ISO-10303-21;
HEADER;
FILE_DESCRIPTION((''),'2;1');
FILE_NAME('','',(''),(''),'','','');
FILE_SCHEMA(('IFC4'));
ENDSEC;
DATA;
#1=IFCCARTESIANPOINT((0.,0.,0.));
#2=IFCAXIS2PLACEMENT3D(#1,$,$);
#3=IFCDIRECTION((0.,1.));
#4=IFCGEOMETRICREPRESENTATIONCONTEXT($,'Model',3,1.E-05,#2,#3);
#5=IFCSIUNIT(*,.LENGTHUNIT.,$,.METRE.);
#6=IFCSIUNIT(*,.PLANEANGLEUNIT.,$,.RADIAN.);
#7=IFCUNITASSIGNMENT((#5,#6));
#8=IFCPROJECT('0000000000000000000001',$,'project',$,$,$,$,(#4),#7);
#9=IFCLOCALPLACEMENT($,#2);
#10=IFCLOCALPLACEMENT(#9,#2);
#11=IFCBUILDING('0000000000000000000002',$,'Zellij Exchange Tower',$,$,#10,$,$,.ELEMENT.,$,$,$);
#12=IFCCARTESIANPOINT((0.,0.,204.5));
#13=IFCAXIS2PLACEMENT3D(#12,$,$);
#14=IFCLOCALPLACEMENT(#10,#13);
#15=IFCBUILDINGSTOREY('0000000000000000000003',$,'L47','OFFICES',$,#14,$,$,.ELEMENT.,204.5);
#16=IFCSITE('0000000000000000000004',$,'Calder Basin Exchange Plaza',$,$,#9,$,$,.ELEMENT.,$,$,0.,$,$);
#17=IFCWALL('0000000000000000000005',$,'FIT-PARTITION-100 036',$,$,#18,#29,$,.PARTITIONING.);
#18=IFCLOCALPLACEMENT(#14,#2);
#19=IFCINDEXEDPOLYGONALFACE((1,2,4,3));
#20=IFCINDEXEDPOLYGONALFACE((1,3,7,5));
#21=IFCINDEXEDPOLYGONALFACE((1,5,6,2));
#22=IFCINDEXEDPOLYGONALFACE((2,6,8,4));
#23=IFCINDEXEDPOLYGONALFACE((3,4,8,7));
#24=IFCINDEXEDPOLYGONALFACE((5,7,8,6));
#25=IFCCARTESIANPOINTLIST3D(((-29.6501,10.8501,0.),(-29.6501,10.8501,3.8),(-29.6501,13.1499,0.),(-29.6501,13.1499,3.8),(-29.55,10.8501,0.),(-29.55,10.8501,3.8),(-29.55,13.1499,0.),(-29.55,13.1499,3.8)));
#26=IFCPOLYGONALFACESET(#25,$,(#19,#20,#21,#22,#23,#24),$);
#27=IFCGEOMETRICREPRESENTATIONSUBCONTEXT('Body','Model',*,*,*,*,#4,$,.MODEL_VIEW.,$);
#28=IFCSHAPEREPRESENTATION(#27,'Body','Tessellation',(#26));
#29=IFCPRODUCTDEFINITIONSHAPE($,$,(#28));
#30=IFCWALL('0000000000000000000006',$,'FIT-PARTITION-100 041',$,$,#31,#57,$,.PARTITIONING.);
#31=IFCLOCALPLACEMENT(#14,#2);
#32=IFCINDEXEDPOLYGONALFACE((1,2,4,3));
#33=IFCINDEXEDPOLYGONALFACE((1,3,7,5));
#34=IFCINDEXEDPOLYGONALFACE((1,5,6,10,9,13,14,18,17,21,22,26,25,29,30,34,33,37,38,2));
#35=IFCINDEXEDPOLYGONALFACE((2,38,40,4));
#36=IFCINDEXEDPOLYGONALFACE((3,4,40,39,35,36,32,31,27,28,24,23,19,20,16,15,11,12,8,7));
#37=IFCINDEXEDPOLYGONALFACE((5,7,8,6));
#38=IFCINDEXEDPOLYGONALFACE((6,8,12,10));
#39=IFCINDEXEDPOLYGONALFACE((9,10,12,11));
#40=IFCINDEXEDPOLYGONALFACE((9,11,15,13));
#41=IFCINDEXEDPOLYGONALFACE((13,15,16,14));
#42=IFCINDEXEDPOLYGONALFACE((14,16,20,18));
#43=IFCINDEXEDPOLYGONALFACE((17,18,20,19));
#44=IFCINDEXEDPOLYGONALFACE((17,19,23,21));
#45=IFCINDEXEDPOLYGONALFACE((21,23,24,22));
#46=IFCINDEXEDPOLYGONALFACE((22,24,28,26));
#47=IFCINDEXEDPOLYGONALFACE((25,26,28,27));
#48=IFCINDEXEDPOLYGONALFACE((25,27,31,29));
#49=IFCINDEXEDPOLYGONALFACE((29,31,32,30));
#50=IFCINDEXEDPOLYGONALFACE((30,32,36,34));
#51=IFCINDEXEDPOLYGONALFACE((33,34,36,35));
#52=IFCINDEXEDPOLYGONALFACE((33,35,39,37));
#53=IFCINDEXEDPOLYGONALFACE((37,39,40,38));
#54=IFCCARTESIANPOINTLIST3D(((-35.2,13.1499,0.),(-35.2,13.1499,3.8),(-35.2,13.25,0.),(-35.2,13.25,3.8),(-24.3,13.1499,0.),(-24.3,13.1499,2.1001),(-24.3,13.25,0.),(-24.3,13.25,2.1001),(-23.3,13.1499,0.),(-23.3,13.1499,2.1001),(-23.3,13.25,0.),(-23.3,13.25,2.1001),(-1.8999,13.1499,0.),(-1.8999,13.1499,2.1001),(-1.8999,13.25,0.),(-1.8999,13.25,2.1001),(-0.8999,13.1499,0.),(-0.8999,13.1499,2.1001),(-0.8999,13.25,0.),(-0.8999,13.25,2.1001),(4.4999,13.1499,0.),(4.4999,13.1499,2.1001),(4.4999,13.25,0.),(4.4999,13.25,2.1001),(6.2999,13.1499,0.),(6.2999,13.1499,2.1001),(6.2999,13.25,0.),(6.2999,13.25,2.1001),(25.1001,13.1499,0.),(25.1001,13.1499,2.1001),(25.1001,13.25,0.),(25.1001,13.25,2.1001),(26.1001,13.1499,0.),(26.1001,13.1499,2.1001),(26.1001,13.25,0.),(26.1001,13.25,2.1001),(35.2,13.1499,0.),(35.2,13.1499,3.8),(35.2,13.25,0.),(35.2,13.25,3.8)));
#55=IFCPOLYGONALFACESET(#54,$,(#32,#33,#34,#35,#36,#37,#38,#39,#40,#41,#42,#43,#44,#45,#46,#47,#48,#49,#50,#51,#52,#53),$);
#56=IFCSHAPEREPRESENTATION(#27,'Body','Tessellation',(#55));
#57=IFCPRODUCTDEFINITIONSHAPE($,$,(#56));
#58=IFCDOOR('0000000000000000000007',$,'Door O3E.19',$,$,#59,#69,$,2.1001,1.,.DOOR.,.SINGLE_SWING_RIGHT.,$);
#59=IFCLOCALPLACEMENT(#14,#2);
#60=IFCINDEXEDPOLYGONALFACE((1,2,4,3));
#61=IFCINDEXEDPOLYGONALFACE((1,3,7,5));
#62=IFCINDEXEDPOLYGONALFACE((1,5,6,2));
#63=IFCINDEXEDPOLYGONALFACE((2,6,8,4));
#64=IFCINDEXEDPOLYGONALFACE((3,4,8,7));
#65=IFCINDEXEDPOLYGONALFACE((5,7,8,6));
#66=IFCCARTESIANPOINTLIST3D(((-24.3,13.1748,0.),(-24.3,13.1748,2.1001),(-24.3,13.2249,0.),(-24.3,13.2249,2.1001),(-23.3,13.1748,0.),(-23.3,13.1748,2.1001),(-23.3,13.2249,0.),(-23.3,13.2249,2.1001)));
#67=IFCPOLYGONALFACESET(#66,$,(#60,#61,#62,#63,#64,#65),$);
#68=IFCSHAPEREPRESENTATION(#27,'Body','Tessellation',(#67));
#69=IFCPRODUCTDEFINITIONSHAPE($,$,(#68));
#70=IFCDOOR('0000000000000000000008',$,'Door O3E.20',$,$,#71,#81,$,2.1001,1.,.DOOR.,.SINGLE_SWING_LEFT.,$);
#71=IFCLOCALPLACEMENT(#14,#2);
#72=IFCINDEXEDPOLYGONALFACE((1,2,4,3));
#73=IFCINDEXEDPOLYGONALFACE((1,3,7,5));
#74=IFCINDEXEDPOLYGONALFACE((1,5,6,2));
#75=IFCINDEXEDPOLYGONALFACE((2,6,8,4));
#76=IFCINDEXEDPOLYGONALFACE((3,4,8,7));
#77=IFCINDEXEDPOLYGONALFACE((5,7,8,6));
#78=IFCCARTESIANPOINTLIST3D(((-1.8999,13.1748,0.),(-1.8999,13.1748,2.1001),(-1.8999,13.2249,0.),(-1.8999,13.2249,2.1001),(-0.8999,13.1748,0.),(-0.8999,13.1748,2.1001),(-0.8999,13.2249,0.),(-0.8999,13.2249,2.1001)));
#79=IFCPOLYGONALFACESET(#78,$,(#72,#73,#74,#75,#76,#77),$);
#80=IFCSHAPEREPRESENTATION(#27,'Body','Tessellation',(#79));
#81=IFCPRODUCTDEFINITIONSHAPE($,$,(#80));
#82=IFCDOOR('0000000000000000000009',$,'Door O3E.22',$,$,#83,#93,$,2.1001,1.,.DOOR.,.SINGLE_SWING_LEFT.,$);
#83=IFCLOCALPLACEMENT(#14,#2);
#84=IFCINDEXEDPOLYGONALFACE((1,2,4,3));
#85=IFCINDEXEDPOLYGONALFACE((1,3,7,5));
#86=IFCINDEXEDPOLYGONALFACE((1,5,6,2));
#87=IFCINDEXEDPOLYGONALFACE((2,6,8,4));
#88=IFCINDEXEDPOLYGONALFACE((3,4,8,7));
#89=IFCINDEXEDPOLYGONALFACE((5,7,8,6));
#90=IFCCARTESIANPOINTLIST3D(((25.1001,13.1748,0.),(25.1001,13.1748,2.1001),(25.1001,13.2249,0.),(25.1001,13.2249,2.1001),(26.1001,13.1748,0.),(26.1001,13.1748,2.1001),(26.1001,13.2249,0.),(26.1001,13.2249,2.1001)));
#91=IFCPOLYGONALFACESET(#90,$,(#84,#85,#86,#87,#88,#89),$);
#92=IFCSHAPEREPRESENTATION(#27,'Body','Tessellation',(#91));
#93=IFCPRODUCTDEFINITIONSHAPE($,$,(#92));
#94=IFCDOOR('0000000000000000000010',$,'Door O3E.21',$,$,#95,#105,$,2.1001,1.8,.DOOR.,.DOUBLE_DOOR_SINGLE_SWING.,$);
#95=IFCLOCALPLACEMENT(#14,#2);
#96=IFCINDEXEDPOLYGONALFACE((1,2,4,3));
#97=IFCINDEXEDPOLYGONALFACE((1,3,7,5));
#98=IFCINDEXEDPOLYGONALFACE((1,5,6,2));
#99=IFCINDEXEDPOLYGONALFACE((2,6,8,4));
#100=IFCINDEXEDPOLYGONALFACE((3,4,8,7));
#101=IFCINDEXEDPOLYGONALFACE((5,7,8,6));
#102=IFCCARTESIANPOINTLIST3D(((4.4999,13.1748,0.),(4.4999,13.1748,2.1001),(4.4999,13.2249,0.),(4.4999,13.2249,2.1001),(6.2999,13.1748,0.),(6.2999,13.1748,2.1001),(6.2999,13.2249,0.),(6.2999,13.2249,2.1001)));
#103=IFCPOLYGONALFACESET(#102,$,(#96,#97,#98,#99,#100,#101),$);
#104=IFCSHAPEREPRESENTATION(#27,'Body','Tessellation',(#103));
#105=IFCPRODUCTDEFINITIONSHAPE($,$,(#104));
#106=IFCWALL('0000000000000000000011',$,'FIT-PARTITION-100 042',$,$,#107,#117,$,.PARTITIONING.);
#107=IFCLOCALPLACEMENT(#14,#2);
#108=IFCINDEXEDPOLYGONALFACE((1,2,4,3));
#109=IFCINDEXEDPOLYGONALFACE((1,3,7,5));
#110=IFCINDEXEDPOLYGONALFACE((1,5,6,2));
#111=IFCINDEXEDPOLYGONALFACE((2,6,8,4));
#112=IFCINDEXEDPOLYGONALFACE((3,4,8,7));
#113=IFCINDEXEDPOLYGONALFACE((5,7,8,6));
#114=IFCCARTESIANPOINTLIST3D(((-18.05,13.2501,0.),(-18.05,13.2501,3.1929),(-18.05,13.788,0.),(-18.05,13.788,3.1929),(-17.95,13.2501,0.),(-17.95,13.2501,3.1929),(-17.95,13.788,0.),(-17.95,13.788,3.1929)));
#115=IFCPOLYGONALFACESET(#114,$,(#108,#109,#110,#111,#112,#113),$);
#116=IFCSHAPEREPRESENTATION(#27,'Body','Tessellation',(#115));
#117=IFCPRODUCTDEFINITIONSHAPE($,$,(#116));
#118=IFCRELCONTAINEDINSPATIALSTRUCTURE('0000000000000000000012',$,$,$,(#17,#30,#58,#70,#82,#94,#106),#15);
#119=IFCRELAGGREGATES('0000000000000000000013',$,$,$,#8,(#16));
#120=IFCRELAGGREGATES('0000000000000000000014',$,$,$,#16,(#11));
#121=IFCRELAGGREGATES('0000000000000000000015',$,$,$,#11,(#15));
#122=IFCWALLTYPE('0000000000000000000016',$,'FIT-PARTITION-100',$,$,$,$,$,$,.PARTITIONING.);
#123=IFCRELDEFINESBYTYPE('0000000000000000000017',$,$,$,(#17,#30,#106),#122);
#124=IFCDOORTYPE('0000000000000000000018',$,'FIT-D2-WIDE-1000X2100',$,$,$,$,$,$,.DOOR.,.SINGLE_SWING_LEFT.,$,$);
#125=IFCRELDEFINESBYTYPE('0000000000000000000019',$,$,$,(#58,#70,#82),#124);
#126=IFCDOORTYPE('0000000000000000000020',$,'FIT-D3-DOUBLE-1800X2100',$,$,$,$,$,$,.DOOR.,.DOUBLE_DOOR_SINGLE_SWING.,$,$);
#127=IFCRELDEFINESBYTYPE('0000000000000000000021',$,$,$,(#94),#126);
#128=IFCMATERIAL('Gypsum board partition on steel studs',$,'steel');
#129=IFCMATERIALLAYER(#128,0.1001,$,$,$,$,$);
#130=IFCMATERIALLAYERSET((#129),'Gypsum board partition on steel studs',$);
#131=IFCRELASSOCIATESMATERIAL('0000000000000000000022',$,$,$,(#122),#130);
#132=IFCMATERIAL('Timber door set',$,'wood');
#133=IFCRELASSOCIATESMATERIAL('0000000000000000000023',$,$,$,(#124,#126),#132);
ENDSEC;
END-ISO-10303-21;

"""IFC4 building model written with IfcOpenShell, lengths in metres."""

from ifc_helpers import new_model, si_unit, direction, frame, frame_2d, origin, place, context, subcontext, project, spatial, rectangle, extrude, material, layer, layer_set, type_object, element, fill, save


model = new_model("IFC4")

# Units and contexts
model_context = context("Model", 3, precision=1e-05, world=origin(), true_north=direction((0.0, 1.0)))
body_context = subcontext(model_context, "Body", "Model", "MODEL_VIEW")
ifc_project = project(units=[si_unit("LENGTHUNIT", "METRE"), si_unit("PLANEANGLEUNIT", "RADIAN")], contexts=[model_context])

# Site, building, storey
site_placement = place(None, origin())
site = spatial("IfcSite", under=ifc_project, at=site_placement, Name="Calder Basin Exchange Plaza", CompositionType="ELEMENT", RefElevation=0.0)
building_placement = place(site_placement, origin())
building = spatial("IfcBuilding", under=site, at=building_placement, Name="Zellij Exchange Tower", CompositionType="ELEMENT")
storey_placement = place(building_placement, frame((0.0, 0.0, 204.5)))
storey = spatial("IfcBuildingStorey", under=building, at=storey_placement, Name="L47", Description="OFFICES", CompositionType="ELEMENT", Elevation=204.5)

# Shared definitions
ifc_material_1 = material(Name="Gypsum board partition on steel studs", Category="steel")
ifc_layer_1 = layer(ifc_material_1, 0.1001)
ifc_layer_set_1 = layer_set([ifc_layer_1], Name="Gypsum board partition on steel studs")
wall_type = type_object("IfcWallType", Name="FIT-PARTITION-100", PredefinedType="PARTITIONING", material=ifc_layer_set_1)

# Shared definitions
ifc_material_2 = material(Name="Timber door set", Category="wood")
door_type_1 = type_object("IfcDoorType", Name="FIT-D2-WIDE-1000X2100", OperationType="SINGLE_SWING_LEFT", PredefinedType="DOOR", material=ifc_material_2)

# Wall
wall_1_placement = place(storey_placement, frame((-29.6001, 10.8501, 0.0), z_axis=(0.0, 0.0, 1.0), x_axis=(0.0, 1.0, 0.0)))
element("IfcWall", 1, at=wall_1_placement, inside=storey, type_object=wall_type, Name="FIT-PARTITION-100 036", PredefinedType="PARTITIONING", context=body_context, shape_type="SweptSolid", body=[
    extrude(rectangle(XDim=2.2998, YDim=0.1001, at=frame_2d((1.1499, 0.0))), origin(), (0.0, 0.0, 1.0), 3.8),
])

# Wall, openings, doors
wall_2_placement = place(storey_placement, frame((-35.2, 13.2, 0.0), z_axis=(0.0, 0.0, 1.0), x_axis=(1.0, 0.0, 0.0)))
wall_2 = element("IfcWall", 2, at=wall_2_placement, inside=storey, type_object=wall_type, Name="FIT-PARTITION-100 041", PredefinedType="PARTITIONING", context=body_context, shape_type="SweptSolid", body=[
    extrude(rectangle(XDim=70.3999, YDim=0.1001, at=frame_2d((35.2, 0.0))), origin(), (0.0, 0.0, 1.0), 3.8),
])
opening_1_placement = place(wall_2_placement, frame((10.8999, 0.0, 0.0)))
opening_1 = element("IfcOpeningElement", 3, at=opening_1_placement, cuts=wall_2, PredefinedType="OPENING", context=body_context, shape_type="SweptSolid", body=[
    extrude(rectangle(XDim=1.0, YDim=2.1001, at=frame_2d((0.5, 1.05))), frame((0.0, 0.062, 0.0), z_axis=(0.0, -1.0, 0.0), x_axis=(1.0, 0.0, 0.0)), (0.0, 0.0, 1.0), 0.124),
])
opening_2_placement = place(wall_2_placement, frame((33.3, 0.0, 0.0)))
opening_2 = element("IfcOpeningElement", 4, at=opening_2_placement, cuts=wall_2, PredefinedType="OPENING", context=body_context, shape_type="SweptSolid", body=[
    extrude(rectangle(XDim=1.0, YDim=2.1001, at=frame_2d((0.5, 1.05))), frame((0.0, 0.062, 0.0), z_axis=(0.0, -1.0, 0.0), x_axis=(1.0, 0.0, 0.0)), (0.0, 0.0, 1.0), 0.124),
])
opening_3_placement = place(wall_2_placement, frame((39.7, 0.0, 0.0)))
opening_3 = element("IfcOpeningElement", 5, at=opening_3_placement, cuts=wall_2, PredefinedType="OPENING", context=body_context, shape_type="SweptSolid", body=[
    extrude(rectangle(XDim=1.8, YDim=2.1001, at=frame_2d((0.8999, 1.05))), frame((0.0, 0.062, 0.0), z_axis=(0.0, -1.0, 0.0), x_axis=(1.0, 0.0, 0.0)), (0.0, 0.0, 1.0), 0.124),
])
opening_4_placement = place(wall_2_placement, frame((60.3, 0.0, 0.0)))
opening_4 = element("IfcOpeningElement", 6, at=opening_4_placement, cuts=wall_2, PredefinedType="OPENING", context=body_context, shape_type="SweptSolid", body=[
    extrude(rectangle(XDim=1.0, YDim=2.1001, at=frame_2d((0.5, 1.05))), frame((0.0, 0.062, 0.0), z_axis=(0.0, -1.0, 0.0), x_axis=(1.0, 0.0, 0.0)), (0.0, 0.0, 1.0), 0.124),
])
door_1_placement = place(opening_1_placement, origin())
door_1 = element("IfcDoor", 7, at=door_1_placement, inside=storey, type_object=door_type_1, Name="Door O3E.19", OperationType="SINGLE_SWING_RIGHT", OverallHeight=2.1001, OverallWidth=1.0, PredefinedType="DOOR", context=body_context, shape_type="SweptSolid", body=[
    extrude(rectangle(XDim=1.0, YDim=2.1001, at=frame_2d((0.5, 1.05))), frame((0.0, 0.0249, 0.0), z_axis=(0.0, -1.0, 0.0), x_axis=(1.0, 0.0, 0.0)), (0.0, 0.0, 1.0), 0.05),
])
fill(opening_1, door_1)
door_2_placement = place(opening_2_placement, origin())
door_2 = element("IfcDoor", 8, at=door_2_placement, inside=storey, type_object=door_type_1, Name="Door O3E.20", OperationType="SINGLE_SWING_LEFT", OverallHeight=2.1001, OverallWidth=1.0, PredefinedType="DOOR", context=body_context, shape_type="SweptSolid", body=[
    extrude(rectangle(XDim=1.0, YDim=2.1001, at=frame_2d((0.5, 1.05))), frame((0.0, 0.0249, 0.0), z_axis=(0.0, -1.0, 0.0), x_axis=(1.0, 0.0, 0.0)), (0.0, 0.0, 1.0), 0.05),
])
fill(opening_2, door_2)
door_3_placement = place(opening_4_placement, origin())
door_3 = element("IfcDoor", 9, at=door_3_placement, inside=storey, type_object=door_type_1, Name="Door O3E.22", OperationType="SINGLE_SWING_LEFT", OverallHeight=2.1001, OverallWidth=1.0, PredefinedType="DOOR", context=body_context, shape_type="SweptSolid", body=[
    extrude(rectangle(XDim=1.0, YDim=2.1001, at=frame_2d((0.5, 1.05))), frame((0.0, 0.0249, 0.0), z_axis=(0.0, -1.0, 0.0), x_axis=(1.0, 0.0, 0.0)), (0.0, 0.0, 1.0), 0.05),
])
fill(opening_4, door_3)
door_type_2 = type_object("IfcDoorType", Name="FIT-D3-DOUBLE-1800X2100", OperationType="DOUBLE_DOOR_SINGLE_SWING", PredefinedType="DOOR", material=ifc_material_2)
door_4_placement = place(opening_3_placement, origin())
door_4 = element("IfcDoor", 10, at=door_4_placement, inside=storey, type_object=door_type_2, Name="Door O3E.21", OperationType="DOUBLE_DOOR_SINGLE_SWING", OverallHeight=2.1001, OverallWidth=1.8, PredefinedType="DOOR", context=body_context, shape_type="SweptSolid", body=[
    extrude(rectangle(XDim=1.8, YDim=2.1001, at=frame_2d((0.8999, 1.05))), frame((0.0, 0.0249, 0.0), z_axis=(0.0, -1.0, 0.0), x_axis=(1.0, 0.0, 0.0)), (0.0, 0.0, 1.0), 0.05),
])
fill(opening_3, door_4)

# Wall
wall_3_placement = place(storey_placement, frame((-18.0, 13.25, 0.0), z_axis=(0.0, 0.0, 1.0), x_axis=(0.0, 1.0, 0.0)))
element("IfcWall", 11, at=wall_3_placement, inside=storey, type_object=wall_type, Name="FIT-PARTITION-100 042", PredefinedType="PARTITIONING", context=body_context, shape_type="SweptSolid", body=[
    extrude(rectangle(XDim=0.5378, YDim=0.1001, at=frame_2d((0.269, 0.0))), origin(), (0.0, 0.0, 1.0), 3.1929),
])

save(model, "model.ifc")
